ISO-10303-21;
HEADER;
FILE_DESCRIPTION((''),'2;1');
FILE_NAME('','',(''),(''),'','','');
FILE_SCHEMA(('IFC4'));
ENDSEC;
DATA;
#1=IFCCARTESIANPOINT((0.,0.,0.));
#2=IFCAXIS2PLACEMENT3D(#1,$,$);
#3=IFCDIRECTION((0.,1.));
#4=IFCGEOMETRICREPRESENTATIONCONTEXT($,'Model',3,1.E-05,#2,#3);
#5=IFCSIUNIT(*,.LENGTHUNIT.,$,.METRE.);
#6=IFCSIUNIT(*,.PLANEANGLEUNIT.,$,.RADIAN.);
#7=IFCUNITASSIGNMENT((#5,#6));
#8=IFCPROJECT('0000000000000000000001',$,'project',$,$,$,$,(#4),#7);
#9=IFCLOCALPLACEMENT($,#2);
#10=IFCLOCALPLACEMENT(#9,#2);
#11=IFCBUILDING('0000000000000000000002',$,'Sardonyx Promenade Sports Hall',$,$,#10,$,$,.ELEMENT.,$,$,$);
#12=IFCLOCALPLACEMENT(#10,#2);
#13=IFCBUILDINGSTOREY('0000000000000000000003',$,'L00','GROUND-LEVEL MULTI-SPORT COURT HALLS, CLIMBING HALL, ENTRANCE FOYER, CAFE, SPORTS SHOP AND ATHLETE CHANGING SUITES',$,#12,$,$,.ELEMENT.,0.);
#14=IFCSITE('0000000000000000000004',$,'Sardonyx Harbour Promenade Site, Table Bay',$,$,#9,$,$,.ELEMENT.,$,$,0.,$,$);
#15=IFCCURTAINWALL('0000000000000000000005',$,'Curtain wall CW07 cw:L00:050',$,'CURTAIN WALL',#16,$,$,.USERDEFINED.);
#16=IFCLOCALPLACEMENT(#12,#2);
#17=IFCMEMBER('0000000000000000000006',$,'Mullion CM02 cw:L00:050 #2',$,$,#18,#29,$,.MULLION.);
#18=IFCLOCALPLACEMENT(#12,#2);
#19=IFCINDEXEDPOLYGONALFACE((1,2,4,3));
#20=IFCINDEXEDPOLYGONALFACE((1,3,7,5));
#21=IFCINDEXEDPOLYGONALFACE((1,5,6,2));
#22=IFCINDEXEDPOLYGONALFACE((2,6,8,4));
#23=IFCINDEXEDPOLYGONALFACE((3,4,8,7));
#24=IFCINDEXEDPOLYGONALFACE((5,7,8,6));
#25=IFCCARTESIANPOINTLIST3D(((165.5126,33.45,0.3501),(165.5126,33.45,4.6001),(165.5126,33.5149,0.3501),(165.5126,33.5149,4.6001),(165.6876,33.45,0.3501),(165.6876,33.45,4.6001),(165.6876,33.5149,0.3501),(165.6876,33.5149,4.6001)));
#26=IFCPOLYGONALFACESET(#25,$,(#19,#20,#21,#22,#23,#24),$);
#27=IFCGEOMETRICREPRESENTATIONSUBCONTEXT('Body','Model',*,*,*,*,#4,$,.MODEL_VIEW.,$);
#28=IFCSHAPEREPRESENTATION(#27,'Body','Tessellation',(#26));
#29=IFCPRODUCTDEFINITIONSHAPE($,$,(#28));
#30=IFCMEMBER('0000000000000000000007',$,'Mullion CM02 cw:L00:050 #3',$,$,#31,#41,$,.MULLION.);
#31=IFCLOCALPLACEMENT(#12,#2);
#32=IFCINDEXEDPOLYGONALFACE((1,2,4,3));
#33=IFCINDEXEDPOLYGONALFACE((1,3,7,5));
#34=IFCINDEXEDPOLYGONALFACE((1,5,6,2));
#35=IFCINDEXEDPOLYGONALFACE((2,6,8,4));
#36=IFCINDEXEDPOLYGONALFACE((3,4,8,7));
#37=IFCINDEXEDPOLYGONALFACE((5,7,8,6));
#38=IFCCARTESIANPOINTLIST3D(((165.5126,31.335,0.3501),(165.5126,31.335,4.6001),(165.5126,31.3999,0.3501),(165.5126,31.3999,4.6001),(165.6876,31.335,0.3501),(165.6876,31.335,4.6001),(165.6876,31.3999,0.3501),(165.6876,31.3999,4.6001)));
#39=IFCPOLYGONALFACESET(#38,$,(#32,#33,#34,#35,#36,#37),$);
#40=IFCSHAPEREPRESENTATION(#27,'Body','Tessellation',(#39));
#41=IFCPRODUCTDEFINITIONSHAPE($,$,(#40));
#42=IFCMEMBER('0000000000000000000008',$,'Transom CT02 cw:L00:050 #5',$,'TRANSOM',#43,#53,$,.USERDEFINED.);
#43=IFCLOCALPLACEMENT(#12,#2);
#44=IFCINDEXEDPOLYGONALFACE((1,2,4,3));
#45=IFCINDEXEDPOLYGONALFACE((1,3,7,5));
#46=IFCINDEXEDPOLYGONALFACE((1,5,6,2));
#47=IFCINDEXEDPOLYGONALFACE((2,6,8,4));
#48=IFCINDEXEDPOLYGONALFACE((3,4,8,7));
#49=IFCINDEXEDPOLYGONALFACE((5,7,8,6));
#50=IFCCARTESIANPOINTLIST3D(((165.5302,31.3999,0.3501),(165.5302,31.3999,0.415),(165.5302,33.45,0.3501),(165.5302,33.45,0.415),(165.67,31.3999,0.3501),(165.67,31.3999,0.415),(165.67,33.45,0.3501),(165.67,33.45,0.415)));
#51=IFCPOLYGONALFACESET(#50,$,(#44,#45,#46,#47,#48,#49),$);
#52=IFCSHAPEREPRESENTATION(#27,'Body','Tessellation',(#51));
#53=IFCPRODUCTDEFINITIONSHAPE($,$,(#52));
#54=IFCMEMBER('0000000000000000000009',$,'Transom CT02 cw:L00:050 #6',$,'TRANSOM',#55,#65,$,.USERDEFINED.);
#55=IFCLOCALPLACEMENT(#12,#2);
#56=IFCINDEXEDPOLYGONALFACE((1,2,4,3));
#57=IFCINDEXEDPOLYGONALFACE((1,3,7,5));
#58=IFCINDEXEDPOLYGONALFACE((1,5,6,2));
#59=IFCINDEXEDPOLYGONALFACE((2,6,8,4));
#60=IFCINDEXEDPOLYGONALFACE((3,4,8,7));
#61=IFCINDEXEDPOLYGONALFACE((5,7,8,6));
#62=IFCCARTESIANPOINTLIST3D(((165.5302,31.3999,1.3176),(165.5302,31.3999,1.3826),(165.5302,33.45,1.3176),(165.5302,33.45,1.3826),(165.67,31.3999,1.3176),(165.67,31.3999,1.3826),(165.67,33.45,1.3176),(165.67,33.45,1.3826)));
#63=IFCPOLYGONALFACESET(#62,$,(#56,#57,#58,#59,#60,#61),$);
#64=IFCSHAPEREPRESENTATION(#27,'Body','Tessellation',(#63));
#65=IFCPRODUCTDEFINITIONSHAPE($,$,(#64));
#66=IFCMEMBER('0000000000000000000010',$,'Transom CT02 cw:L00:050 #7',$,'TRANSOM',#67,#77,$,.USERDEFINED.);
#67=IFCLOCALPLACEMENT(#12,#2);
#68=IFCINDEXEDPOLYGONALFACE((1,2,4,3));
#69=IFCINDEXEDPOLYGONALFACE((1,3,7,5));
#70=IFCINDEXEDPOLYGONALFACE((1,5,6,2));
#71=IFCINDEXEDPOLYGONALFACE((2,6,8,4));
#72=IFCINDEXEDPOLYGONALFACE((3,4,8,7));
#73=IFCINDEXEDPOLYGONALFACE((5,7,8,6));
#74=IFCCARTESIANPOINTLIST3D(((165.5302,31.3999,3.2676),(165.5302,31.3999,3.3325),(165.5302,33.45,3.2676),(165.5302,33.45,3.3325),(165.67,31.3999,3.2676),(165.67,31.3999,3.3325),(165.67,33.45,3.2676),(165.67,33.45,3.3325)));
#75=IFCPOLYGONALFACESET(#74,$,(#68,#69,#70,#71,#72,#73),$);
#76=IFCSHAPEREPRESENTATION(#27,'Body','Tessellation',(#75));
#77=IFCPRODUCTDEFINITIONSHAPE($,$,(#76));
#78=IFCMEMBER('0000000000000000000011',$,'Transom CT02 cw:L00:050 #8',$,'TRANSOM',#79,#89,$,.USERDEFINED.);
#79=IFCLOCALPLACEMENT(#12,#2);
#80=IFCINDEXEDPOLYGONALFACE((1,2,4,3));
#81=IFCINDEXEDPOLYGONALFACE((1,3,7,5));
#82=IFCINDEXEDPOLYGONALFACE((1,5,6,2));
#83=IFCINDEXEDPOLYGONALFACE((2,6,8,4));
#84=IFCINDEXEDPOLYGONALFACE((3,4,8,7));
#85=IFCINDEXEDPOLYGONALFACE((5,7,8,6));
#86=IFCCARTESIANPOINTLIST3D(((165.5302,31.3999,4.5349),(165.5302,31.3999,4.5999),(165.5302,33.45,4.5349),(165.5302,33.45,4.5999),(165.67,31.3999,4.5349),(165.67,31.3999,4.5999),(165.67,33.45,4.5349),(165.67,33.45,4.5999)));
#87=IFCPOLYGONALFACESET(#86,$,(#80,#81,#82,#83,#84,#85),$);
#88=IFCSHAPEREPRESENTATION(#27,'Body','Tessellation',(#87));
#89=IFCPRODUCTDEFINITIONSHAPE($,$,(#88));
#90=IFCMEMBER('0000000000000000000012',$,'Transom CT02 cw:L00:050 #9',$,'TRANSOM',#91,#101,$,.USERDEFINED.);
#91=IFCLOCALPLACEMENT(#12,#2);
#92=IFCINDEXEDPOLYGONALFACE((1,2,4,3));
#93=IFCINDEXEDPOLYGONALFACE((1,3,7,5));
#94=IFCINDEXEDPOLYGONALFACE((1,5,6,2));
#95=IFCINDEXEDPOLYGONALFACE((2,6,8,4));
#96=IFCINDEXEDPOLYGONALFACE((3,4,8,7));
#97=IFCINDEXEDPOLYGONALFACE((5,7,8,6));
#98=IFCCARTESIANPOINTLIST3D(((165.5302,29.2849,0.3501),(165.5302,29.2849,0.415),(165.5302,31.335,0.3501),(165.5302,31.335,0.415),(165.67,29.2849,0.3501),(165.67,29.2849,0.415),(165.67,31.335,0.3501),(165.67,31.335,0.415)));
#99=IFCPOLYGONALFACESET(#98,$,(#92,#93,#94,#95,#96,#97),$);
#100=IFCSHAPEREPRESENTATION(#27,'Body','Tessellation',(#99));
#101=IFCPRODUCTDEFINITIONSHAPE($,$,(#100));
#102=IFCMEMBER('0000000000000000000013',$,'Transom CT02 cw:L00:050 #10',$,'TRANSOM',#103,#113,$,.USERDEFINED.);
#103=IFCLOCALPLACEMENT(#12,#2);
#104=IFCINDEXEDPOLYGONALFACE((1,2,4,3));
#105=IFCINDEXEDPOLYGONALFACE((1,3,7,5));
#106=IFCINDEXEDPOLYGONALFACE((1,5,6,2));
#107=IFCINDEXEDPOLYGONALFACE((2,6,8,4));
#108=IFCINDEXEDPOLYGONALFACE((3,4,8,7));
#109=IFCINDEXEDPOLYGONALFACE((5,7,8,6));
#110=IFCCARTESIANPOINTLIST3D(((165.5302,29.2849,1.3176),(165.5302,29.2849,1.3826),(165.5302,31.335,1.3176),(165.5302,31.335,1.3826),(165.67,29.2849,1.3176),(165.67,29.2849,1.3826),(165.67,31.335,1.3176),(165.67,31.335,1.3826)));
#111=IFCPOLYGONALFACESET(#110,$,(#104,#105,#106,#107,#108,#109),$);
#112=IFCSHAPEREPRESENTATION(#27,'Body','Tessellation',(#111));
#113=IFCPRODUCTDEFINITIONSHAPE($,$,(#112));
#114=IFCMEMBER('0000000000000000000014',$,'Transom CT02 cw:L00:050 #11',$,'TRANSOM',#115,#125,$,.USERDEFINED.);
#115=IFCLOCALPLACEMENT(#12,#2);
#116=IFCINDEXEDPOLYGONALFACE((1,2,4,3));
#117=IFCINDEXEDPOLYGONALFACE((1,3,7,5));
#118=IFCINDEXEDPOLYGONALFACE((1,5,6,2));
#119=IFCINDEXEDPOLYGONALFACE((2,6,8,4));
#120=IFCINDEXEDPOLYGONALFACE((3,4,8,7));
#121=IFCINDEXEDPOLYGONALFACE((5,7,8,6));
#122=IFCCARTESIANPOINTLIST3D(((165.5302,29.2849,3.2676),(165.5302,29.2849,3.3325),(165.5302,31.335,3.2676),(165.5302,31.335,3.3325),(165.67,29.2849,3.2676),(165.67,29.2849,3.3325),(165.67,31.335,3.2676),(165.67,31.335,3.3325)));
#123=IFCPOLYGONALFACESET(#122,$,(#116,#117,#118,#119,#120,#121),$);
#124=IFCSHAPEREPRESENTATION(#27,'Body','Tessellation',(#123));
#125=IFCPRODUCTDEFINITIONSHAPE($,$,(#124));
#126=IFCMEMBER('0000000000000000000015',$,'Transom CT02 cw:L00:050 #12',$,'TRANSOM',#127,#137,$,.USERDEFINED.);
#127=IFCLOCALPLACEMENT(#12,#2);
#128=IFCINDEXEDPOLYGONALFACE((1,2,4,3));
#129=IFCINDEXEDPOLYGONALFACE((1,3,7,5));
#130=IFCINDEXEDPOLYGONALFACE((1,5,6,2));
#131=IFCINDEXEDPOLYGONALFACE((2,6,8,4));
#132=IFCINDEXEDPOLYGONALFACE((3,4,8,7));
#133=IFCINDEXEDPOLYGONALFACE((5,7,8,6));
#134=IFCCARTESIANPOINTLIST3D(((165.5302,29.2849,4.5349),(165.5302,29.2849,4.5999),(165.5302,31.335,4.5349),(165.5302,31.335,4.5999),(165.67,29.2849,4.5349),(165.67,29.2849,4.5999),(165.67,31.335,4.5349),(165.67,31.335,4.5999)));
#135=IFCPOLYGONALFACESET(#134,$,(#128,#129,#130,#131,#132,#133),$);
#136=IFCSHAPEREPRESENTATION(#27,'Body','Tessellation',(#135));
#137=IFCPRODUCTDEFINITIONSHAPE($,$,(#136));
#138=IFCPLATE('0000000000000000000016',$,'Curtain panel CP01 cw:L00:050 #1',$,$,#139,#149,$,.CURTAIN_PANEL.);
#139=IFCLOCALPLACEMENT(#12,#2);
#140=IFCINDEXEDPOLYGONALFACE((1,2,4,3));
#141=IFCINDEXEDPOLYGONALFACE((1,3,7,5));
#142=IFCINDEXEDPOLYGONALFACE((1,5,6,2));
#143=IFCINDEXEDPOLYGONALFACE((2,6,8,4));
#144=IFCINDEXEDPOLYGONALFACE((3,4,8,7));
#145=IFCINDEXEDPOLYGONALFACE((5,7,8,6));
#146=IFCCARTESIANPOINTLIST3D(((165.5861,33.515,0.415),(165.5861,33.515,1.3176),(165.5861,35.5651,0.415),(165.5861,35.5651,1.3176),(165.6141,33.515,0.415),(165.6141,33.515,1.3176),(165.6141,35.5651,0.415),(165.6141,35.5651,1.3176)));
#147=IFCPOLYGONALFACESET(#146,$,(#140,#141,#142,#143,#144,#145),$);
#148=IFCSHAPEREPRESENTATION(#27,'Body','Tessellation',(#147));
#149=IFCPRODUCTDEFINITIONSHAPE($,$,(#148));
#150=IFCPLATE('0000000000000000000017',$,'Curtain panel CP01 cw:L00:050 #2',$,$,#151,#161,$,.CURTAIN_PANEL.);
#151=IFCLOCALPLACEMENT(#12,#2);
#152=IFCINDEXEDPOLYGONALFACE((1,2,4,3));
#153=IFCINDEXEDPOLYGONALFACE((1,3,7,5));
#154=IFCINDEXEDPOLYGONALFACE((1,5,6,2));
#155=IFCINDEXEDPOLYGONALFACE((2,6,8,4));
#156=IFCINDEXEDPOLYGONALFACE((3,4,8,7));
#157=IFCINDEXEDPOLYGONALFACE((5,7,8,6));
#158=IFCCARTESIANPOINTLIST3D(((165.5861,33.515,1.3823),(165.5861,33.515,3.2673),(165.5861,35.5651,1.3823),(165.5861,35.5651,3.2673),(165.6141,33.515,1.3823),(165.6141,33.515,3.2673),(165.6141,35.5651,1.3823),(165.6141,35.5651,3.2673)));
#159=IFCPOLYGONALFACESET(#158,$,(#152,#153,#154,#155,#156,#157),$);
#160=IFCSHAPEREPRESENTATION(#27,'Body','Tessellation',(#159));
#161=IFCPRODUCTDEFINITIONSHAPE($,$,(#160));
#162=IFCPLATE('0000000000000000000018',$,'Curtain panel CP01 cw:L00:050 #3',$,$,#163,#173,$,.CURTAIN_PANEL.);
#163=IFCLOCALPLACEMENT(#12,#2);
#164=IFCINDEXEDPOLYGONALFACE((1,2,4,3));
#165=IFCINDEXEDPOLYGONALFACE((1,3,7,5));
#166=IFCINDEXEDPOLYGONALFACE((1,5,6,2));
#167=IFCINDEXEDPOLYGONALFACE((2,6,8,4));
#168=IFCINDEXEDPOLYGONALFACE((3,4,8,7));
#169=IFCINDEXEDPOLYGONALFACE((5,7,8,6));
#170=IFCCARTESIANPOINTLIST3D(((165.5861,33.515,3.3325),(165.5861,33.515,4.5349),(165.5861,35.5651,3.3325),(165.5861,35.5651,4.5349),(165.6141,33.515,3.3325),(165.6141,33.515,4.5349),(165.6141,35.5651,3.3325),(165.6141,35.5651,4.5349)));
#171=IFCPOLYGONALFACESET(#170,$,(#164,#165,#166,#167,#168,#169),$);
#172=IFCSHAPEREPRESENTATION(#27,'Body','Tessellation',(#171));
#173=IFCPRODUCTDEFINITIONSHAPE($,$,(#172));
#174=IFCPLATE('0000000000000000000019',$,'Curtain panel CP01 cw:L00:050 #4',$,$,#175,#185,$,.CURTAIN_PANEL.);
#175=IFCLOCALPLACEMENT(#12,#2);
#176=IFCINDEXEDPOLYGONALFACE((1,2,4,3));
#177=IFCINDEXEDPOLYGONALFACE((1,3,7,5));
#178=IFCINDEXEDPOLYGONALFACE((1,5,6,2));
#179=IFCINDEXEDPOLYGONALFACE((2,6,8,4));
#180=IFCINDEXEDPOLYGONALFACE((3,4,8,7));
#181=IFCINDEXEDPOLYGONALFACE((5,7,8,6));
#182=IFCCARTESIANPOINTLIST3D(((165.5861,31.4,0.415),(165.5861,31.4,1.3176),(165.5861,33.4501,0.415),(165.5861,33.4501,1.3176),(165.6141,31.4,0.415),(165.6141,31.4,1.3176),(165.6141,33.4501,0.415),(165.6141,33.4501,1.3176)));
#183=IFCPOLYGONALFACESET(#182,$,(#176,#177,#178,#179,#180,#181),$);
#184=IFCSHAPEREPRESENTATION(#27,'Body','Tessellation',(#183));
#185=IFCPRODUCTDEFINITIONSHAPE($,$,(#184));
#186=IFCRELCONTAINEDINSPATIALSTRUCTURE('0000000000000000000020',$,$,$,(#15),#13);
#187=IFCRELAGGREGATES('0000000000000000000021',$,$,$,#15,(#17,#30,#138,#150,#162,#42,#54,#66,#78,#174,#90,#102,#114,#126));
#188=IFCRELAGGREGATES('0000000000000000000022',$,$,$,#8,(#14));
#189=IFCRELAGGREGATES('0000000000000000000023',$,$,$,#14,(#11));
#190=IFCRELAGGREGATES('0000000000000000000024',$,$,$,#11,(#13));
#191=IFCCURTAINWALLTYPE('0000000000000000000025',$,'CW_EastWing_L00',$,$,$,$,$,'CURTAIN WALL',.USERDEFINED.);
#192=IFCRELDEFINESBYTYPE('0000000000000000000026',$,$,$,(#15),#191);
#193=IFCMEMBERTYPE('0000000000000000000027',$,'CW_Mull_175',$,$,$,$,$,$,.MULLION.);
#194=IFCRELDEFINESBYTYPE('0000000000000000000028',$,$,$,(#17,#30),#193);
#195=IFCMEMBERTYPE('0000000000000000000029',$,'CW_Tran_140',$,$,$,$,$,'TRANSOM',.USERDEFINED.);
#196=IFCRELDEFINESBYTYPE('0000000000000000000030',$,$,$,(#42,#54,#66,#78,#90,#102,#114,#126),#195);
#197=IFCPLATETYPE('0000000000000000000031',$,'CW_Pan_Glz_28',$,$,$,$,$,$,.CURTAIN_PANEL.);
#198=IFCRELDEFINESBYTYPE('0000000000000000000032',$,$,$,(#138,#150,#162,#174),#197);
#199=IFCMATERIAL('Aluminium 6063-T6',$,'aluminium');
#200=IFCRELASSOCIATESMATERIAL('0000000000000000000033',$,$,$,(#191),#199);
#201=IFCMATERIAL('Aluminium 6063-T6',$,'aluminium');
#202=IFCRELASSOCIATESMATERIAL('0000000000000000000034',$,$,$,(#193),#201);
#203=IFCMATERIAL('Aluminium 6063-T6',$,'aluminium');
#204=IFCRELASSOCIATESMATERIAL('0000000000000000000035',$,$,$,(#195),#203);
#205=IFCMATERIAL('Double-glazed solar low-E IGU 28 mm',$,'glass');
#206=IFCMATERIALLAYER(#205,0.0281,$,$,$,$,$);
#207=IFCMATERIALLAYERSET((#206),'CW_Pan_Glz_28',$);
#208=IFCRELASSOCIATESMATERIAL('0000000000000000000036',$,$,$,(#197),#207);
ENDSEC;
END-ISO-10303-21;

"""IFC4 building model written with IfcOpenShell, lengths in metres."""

from ifc_helpers import new_model, si_unit, direction, frame, origin, origin_2d, place, context, subcontext, project, spatial, rectangle, extrude, material, layer, layer_set, material_profile, profile_set, type_object, element, aggregate, save


model = new_model("IFC4")

# Units and contexts
model_context = context("Model", 3, precision=1e-05, world=origin(), true_north=direction((0.0, 1.0)))
body_context = subcontext(model_context, "Body", "Model", "MODEL_VIEW")
ifc_project = project(units=[si_unit("LENGTHUNIT", "METRE"), si_unit("PLANEANGLEUNIT", "RADIAN")], contexts=[model_context])

# Site, building, storey
site_placement = place(None, origin())
site = spatial("IfcSite", under=ifc_project, at=site_placement, Name="Sardonyx Harbour Promenade Site, Table Bay", CompositionType="ELEMENT", RefElevation=0.0)
building_placement = place(site_placement, origin())
building = spatial("IfcBuilding", under=site, at=building_placement, Name="Sardonyx Promenade Sports Hall", CompositionType="ELEMENT")
storey_placement = place(building_placement, origin())
storey = spatial("IfcBuildingStorey", under=building, at=storey_placement, Name="L00", Description="GROUND-LEVEL MULTI-SPORT COURT HALLS, CLIMBING HALL, ENTRANCE FOYER, CAFE, SPORTS SHOP AND ATHLETE CHANGING SUITES", CompositionType="ELEMENT", Elevation=0.0)

# Curtain wall, members, plates
ifc_material_1 = material(Name="Aluminium 6063-T6", Category="aluminium")
curtain_wall_type = type_object("IfcCurtainWallType", Name="CW_EastWing_L00", ElementType="CURTAIN WALL", PredefinedType="USERDEFINED", material=ifc_material_1)
curtain_wall_placement = place(storey_placement, origin())
curtain_wall = element("IfcCurtainWall", 1, at=curtain_wall_placement, inside=storey, type_object=curtain_wall_type, Name="Curtain wall CW07 cw:L00:050", ObjectType="CURTAIN WALL", PredefinedType="USERDEFINED")
ifc_material_2 = material(Name="Aluminium 6063-T6", Category="aluminium")
ifc_material_profile_1 = material_profile(ifc_material_2, rectangle(XDim=0.0649, YDim=0.175, at=origin_2d()))
ifc_profile_set_1 = profile_set([ifc_material_profile_1], Name="Aluminium 6063-T6")
member_type_1 = type_object("IfcMemberType", Name="CW_Mull_175", PredefinedType="MULLION", material=ifc_profile_set_1)
member_1_placement = place(storey_placement, frame((165.6001, 33.4824, 0.3501), z_axis=(0.0, 0.0, 1.0), x_axis=(0.0, -1.0, 0.0)))
member_1 = element("IfcMember", 2, at=member_1_placement, type_object=member_type_1, Name="Mullion CM02 cw:L00:050 #2", PredefinedType="MULLION", context=body_context, shape_type="SweptSolid", body=[
    extrude(rectangle(XDim=0.0649, YDim=0.175, at=origin_2d()), origin(), (0.0, 0.0, 1.0), 4.25),
])
member_2_placement = place(storey_placement, frame((165.6001, 31.3674, 0.3501), z_axis=(0.0, 0.0, 1.0), x_axis=(0.0, -1.0, 0.0)))
member_2 = element("IfcMember", 3, at=member_2_placement, type_object=member_type_1, Name="Mullion CM02 cw:L00:050 #3", PredefinedType="MULLION", context=body_context, shape_type="SweptSolid", body=[
    extrude(rectangle(XDim=0.0649, YDim=0.175, at=origin_2d()), origin(), (0.0, 0.0, 1.0), 4.25),
])
ifc_material_3 = material(Name="Aluminium 6063-T6", Category="aluminium")
ifc_material_profile_2 = material_profile(ifc_material_3, rectangle(XDim=0.0649, YDim=0.1399, at=origin_2d()))
ifc_profile_set_2 = profile_set([ifc_material_profile_2], Name="Aluminium 6063-T6")
member_type_2 = type_object("IfcMemberType", Name="CW_Tran_140", ElementType="TRANSOM", PredefinedType="USERDEFINED", material=ifc_profile_set_2)
member_3_placement = place(storey_placement, frame((165.6001, 33.45, 0.3826), z_axis=(0.0, -1.0, 0.0), x_axis=(0.0, 0.0, 1.0)))
member_3 = element("IfcMember", 4, at=member_3_placement, type_object=member_type_2, Name="Transom CT02 cw:L00:050 #5", ObjectType="TRANSOM", PredefinedType="USERDEFINED", context=body_context, shape_type="SweptSolid", body=[
    extrude(rectangle(XDim=0.0649, YDim=0.1399, at=origin_2d()), origin(), (0.0, 0.0, 1.0), 2.05),
])
member_4_placement = place(storey_placement, frame((165.6001, 33.45, 1.3501), z_axis=(0.0, -1.0, 0.0), x_axis=(0.0, 0.0, 1.0)))
member_4 = element("IfcMember", 5, at=member_4_placement, type_object=member_type_2, Name="Transom CT02 cw:L00:050 #6", ObjectType="TRANSOM", PredefinedType="USERDEFINED", context=body_context, shape_type="SweptSolid", body=[
    extrude(rectangle(XDim=0.0649, YDim=0.1399, at=origin_2d()), origin(), (0.0, 0.0, 1.0), 2.05),
])
member_5_placement = place(storey_placement, frame((165.6001, 33.45, 3.3), z_axis=(0.0, -1.0, 0.0), x_axis=(0.0, 0.0, 1.0)))
member_5 = element("IfcMember", 6, at=member_5_placement, type_object=member_type_2, Name="Transom CT02 cw:L00:050 #7", ObjectType="TRANSOM", PredefinedType="USERDEFINED", context=body_context, shape_type="SweptSolid", body=[
    extrude(rectangle(XDim=0.0649, YDim=0.1399, at=origin_2d()), origin(), (0.0, 0.0, 1.0), 2.05),
])
member_6_placement = place(storey_placement, frame((165.6001, 33.45, 4.5674), z_axis=(0.0, -1.0, 0.0), x_axis=(0.0, 0.0, 1.0)))
member_6 = element("IfcMember", 7, at=member_6_placement, type_object=member_type_2, Name="Transom CT02 cw:L00:050 #8", ObjectType="TRANSOM", PredefinedType="USERDEFINED", context=body_context, shape_type="SweptSolid", body=[
    extrude(rectangle(XDim=0.0649, YDim=0.1399, at=origin_2d()), origin(), (0.0, 0.0, 1.0), 2.05),
])
member_7_placement = place(storey_placement, frame((165.6001, 31.335, 0.3826), z_axis=(0.0, -1.0, 0.0), x_axis=(0.0, 0.0, 1.0)))
member_7 = element("IfcMember", 8, at=member_7_placement, type_object=member_type_2, Name="Transom CT02 cw:L00:050 #9", ObjectType="TRANSOM", PredefinedType="USERDEFINED", context=body_context, shape_type="SweptSolid", body=[
    extrude(rectangle(XDim=0.0649, YDim=0.1399, at=origin_2d()), origin(), (0.0, 0.0, 1.0), 2.05),
])
member_8_placement = place(storey_placement, frame((165.6001, 31.335, 1.3501), z_axis=(0.0, -1.0, 0.0), x_axis=(0.0, 0.0, 1.0)))
member_8 = element("IfcMember", 9, at=member_8_placement, type_object=member_type_2, Name="Transom CT02 cw:L00:050 #10", ObjectType="TRANSOM", PredefinedType="USERDEFINED", context=body_context, shape_type="SweptSolid", body=[
    extrude(rectangle(XDim=0.0649, YDim=0.1399, at=origin_2d()), origin(), (0.0, 0.0, 1.0), 2.05),
])
member_9_placement = place(storey_placement, frame((165.6001, 31.335, 3.3), z_axis=(0.0, -1.0, 0.0), x_axis=(0.0, 0.0, 1.0)))
member_9 = element("IfcMember", 10, at=member_9_placement, type_object=member_type_2, Name="Transom CT02 cw:L00:050 #11", ObjectType="TRANSOM", PredefinedType="USERDEFINED", context=body_context, shape_type="SweptSolid", body=[
    extrude(rectangle(XDim=0.0649, YDim=0.1399, at=origin_2d()), origin(), (0.0, 0.0, 1.0), 2.05),
])
member_10_placement = place(storey_placement, frame((165.6001, 31.335, 4.5674), z_axis=(0.0, -1.0, 0.0), x_axis=(0.0, 0.0, 1.0)))
member_10 = element("IfcMember", 11, at=member_10_placement, type_object=member_type_2, Name="Transom CT02 cw:L00:050 #12", ObjectType="TRANSOM", PredefinedType="USERDEFINED", context=body_context, shape_type="SweptSolid", body=[
    extrude(rectangle(XDim=0.0649, YDim=0.1399, at=origin_2d()), origin(), (0.0, 0.0, 1.0), 2.05),
])
ifc_material_4 = material(Name="Double-glazed solar low-E IGU 28 mm", Category="glass")
ifc_layer_1 = layer(ifc_material_4, 0.0281)
ifc_layer_set_1 = layer_set([ifc_layer_1], Name="CW_Pan_Glz_28")
plate_type = type_object("IfcPlateType", Name="CW_Pan_Glz_28", PredefinedType="CURTAIN_PANEL", material=ifc_layer_set_1)
plate_1_placement = place(storey_placement, frame((165.6001, 34.54, 0.415), z_axis=(0.0, 0.0, 1.0), x_axis=(0.0, -1.0, 0.0)))
plate_1 = element("IfcPlate", 12, at=plate_1_placement, type_object=plate_type, Name="Curtain panel CP01 cw:L00:050 #1", PredefinedType="CURTAIN_PANEL", context=body_context, shape_type="SweptSolid", body=[
    extrude(rectangle(XDim=2.05, YDim=0.0281, at=origin_2d()), origin(), (0.0, 0.0, 1.0), 0.9026),
])
plate_2_placement = place(storey_placement, frame((165.6001, 34.54, 1.3823), z_axis=(0.0, 0.0, 1.0), x_axis=(0.0, -1.0, 0.0)))
plate_2 = element("IfcPlate", 13, at=plate_2_placement, type_object=plate_type, Name="Curtain panel CP01 cw:L00:050 #2", PredefinedType="CURTAIN_PANEL", context=body_context, shape_type="SweptSolid", body=[
    extrude(rectangle(XDim=2.05, YDim=0.0281, at=origin_2d()), origin(), (0.0, 0.0, 1.0), 1.885),
])
plate_3_placement = place(storey_placement, frame((165.6001, 34.54, 3.3325), z_axis=(0.0, 0.0, 1.0), x_axis=(0.0, -1.0, 0.0)))
plate_3 = element("IfcPlate", 14, at=plate_3_placement, type_object=plate_type, Name="Curtain panel CP01 cw:L00:050 #3", PredefinedType="CURTAIN_PANEL", context=body_context, shape_type="SweptSolid", body=[
    extrude(rectangle(XDim=2.05, YDim=0.0281, at=origin_2d()), origin(), (0.0, 0.0, 1.0), 1.2024),
])
plate_4_placement = place(storey_placement, frame((165.6001, 32.425, 0.415), z_axis=(0.0, 0.0, 1.0), x_axis=(0.0, -1.0, 0.0)))
plate_4 = element("IfcPlate", 15, at=plate_4_placement, type_object=plate_type, Name="Curtain panel CP01 cw:L00:050 #4", PredefinedType="CURTAIN_PANEL", context=body_context, shape_type="SweptSolid", body=[
    extrude(rectangle(XDim=2.05, YDim=0.0281, at=origin_2d()), origin(), (0.0, 0.0, 1.0), 0.9026),
])
aggregate(curtain_wall, [member_1, member_2, plate_1, plate_2, plate_3, member_3, member_4, member_5, member_6, plate_4, member_7, member_8, member_9, member_10])

save(model, "model.ifc")
